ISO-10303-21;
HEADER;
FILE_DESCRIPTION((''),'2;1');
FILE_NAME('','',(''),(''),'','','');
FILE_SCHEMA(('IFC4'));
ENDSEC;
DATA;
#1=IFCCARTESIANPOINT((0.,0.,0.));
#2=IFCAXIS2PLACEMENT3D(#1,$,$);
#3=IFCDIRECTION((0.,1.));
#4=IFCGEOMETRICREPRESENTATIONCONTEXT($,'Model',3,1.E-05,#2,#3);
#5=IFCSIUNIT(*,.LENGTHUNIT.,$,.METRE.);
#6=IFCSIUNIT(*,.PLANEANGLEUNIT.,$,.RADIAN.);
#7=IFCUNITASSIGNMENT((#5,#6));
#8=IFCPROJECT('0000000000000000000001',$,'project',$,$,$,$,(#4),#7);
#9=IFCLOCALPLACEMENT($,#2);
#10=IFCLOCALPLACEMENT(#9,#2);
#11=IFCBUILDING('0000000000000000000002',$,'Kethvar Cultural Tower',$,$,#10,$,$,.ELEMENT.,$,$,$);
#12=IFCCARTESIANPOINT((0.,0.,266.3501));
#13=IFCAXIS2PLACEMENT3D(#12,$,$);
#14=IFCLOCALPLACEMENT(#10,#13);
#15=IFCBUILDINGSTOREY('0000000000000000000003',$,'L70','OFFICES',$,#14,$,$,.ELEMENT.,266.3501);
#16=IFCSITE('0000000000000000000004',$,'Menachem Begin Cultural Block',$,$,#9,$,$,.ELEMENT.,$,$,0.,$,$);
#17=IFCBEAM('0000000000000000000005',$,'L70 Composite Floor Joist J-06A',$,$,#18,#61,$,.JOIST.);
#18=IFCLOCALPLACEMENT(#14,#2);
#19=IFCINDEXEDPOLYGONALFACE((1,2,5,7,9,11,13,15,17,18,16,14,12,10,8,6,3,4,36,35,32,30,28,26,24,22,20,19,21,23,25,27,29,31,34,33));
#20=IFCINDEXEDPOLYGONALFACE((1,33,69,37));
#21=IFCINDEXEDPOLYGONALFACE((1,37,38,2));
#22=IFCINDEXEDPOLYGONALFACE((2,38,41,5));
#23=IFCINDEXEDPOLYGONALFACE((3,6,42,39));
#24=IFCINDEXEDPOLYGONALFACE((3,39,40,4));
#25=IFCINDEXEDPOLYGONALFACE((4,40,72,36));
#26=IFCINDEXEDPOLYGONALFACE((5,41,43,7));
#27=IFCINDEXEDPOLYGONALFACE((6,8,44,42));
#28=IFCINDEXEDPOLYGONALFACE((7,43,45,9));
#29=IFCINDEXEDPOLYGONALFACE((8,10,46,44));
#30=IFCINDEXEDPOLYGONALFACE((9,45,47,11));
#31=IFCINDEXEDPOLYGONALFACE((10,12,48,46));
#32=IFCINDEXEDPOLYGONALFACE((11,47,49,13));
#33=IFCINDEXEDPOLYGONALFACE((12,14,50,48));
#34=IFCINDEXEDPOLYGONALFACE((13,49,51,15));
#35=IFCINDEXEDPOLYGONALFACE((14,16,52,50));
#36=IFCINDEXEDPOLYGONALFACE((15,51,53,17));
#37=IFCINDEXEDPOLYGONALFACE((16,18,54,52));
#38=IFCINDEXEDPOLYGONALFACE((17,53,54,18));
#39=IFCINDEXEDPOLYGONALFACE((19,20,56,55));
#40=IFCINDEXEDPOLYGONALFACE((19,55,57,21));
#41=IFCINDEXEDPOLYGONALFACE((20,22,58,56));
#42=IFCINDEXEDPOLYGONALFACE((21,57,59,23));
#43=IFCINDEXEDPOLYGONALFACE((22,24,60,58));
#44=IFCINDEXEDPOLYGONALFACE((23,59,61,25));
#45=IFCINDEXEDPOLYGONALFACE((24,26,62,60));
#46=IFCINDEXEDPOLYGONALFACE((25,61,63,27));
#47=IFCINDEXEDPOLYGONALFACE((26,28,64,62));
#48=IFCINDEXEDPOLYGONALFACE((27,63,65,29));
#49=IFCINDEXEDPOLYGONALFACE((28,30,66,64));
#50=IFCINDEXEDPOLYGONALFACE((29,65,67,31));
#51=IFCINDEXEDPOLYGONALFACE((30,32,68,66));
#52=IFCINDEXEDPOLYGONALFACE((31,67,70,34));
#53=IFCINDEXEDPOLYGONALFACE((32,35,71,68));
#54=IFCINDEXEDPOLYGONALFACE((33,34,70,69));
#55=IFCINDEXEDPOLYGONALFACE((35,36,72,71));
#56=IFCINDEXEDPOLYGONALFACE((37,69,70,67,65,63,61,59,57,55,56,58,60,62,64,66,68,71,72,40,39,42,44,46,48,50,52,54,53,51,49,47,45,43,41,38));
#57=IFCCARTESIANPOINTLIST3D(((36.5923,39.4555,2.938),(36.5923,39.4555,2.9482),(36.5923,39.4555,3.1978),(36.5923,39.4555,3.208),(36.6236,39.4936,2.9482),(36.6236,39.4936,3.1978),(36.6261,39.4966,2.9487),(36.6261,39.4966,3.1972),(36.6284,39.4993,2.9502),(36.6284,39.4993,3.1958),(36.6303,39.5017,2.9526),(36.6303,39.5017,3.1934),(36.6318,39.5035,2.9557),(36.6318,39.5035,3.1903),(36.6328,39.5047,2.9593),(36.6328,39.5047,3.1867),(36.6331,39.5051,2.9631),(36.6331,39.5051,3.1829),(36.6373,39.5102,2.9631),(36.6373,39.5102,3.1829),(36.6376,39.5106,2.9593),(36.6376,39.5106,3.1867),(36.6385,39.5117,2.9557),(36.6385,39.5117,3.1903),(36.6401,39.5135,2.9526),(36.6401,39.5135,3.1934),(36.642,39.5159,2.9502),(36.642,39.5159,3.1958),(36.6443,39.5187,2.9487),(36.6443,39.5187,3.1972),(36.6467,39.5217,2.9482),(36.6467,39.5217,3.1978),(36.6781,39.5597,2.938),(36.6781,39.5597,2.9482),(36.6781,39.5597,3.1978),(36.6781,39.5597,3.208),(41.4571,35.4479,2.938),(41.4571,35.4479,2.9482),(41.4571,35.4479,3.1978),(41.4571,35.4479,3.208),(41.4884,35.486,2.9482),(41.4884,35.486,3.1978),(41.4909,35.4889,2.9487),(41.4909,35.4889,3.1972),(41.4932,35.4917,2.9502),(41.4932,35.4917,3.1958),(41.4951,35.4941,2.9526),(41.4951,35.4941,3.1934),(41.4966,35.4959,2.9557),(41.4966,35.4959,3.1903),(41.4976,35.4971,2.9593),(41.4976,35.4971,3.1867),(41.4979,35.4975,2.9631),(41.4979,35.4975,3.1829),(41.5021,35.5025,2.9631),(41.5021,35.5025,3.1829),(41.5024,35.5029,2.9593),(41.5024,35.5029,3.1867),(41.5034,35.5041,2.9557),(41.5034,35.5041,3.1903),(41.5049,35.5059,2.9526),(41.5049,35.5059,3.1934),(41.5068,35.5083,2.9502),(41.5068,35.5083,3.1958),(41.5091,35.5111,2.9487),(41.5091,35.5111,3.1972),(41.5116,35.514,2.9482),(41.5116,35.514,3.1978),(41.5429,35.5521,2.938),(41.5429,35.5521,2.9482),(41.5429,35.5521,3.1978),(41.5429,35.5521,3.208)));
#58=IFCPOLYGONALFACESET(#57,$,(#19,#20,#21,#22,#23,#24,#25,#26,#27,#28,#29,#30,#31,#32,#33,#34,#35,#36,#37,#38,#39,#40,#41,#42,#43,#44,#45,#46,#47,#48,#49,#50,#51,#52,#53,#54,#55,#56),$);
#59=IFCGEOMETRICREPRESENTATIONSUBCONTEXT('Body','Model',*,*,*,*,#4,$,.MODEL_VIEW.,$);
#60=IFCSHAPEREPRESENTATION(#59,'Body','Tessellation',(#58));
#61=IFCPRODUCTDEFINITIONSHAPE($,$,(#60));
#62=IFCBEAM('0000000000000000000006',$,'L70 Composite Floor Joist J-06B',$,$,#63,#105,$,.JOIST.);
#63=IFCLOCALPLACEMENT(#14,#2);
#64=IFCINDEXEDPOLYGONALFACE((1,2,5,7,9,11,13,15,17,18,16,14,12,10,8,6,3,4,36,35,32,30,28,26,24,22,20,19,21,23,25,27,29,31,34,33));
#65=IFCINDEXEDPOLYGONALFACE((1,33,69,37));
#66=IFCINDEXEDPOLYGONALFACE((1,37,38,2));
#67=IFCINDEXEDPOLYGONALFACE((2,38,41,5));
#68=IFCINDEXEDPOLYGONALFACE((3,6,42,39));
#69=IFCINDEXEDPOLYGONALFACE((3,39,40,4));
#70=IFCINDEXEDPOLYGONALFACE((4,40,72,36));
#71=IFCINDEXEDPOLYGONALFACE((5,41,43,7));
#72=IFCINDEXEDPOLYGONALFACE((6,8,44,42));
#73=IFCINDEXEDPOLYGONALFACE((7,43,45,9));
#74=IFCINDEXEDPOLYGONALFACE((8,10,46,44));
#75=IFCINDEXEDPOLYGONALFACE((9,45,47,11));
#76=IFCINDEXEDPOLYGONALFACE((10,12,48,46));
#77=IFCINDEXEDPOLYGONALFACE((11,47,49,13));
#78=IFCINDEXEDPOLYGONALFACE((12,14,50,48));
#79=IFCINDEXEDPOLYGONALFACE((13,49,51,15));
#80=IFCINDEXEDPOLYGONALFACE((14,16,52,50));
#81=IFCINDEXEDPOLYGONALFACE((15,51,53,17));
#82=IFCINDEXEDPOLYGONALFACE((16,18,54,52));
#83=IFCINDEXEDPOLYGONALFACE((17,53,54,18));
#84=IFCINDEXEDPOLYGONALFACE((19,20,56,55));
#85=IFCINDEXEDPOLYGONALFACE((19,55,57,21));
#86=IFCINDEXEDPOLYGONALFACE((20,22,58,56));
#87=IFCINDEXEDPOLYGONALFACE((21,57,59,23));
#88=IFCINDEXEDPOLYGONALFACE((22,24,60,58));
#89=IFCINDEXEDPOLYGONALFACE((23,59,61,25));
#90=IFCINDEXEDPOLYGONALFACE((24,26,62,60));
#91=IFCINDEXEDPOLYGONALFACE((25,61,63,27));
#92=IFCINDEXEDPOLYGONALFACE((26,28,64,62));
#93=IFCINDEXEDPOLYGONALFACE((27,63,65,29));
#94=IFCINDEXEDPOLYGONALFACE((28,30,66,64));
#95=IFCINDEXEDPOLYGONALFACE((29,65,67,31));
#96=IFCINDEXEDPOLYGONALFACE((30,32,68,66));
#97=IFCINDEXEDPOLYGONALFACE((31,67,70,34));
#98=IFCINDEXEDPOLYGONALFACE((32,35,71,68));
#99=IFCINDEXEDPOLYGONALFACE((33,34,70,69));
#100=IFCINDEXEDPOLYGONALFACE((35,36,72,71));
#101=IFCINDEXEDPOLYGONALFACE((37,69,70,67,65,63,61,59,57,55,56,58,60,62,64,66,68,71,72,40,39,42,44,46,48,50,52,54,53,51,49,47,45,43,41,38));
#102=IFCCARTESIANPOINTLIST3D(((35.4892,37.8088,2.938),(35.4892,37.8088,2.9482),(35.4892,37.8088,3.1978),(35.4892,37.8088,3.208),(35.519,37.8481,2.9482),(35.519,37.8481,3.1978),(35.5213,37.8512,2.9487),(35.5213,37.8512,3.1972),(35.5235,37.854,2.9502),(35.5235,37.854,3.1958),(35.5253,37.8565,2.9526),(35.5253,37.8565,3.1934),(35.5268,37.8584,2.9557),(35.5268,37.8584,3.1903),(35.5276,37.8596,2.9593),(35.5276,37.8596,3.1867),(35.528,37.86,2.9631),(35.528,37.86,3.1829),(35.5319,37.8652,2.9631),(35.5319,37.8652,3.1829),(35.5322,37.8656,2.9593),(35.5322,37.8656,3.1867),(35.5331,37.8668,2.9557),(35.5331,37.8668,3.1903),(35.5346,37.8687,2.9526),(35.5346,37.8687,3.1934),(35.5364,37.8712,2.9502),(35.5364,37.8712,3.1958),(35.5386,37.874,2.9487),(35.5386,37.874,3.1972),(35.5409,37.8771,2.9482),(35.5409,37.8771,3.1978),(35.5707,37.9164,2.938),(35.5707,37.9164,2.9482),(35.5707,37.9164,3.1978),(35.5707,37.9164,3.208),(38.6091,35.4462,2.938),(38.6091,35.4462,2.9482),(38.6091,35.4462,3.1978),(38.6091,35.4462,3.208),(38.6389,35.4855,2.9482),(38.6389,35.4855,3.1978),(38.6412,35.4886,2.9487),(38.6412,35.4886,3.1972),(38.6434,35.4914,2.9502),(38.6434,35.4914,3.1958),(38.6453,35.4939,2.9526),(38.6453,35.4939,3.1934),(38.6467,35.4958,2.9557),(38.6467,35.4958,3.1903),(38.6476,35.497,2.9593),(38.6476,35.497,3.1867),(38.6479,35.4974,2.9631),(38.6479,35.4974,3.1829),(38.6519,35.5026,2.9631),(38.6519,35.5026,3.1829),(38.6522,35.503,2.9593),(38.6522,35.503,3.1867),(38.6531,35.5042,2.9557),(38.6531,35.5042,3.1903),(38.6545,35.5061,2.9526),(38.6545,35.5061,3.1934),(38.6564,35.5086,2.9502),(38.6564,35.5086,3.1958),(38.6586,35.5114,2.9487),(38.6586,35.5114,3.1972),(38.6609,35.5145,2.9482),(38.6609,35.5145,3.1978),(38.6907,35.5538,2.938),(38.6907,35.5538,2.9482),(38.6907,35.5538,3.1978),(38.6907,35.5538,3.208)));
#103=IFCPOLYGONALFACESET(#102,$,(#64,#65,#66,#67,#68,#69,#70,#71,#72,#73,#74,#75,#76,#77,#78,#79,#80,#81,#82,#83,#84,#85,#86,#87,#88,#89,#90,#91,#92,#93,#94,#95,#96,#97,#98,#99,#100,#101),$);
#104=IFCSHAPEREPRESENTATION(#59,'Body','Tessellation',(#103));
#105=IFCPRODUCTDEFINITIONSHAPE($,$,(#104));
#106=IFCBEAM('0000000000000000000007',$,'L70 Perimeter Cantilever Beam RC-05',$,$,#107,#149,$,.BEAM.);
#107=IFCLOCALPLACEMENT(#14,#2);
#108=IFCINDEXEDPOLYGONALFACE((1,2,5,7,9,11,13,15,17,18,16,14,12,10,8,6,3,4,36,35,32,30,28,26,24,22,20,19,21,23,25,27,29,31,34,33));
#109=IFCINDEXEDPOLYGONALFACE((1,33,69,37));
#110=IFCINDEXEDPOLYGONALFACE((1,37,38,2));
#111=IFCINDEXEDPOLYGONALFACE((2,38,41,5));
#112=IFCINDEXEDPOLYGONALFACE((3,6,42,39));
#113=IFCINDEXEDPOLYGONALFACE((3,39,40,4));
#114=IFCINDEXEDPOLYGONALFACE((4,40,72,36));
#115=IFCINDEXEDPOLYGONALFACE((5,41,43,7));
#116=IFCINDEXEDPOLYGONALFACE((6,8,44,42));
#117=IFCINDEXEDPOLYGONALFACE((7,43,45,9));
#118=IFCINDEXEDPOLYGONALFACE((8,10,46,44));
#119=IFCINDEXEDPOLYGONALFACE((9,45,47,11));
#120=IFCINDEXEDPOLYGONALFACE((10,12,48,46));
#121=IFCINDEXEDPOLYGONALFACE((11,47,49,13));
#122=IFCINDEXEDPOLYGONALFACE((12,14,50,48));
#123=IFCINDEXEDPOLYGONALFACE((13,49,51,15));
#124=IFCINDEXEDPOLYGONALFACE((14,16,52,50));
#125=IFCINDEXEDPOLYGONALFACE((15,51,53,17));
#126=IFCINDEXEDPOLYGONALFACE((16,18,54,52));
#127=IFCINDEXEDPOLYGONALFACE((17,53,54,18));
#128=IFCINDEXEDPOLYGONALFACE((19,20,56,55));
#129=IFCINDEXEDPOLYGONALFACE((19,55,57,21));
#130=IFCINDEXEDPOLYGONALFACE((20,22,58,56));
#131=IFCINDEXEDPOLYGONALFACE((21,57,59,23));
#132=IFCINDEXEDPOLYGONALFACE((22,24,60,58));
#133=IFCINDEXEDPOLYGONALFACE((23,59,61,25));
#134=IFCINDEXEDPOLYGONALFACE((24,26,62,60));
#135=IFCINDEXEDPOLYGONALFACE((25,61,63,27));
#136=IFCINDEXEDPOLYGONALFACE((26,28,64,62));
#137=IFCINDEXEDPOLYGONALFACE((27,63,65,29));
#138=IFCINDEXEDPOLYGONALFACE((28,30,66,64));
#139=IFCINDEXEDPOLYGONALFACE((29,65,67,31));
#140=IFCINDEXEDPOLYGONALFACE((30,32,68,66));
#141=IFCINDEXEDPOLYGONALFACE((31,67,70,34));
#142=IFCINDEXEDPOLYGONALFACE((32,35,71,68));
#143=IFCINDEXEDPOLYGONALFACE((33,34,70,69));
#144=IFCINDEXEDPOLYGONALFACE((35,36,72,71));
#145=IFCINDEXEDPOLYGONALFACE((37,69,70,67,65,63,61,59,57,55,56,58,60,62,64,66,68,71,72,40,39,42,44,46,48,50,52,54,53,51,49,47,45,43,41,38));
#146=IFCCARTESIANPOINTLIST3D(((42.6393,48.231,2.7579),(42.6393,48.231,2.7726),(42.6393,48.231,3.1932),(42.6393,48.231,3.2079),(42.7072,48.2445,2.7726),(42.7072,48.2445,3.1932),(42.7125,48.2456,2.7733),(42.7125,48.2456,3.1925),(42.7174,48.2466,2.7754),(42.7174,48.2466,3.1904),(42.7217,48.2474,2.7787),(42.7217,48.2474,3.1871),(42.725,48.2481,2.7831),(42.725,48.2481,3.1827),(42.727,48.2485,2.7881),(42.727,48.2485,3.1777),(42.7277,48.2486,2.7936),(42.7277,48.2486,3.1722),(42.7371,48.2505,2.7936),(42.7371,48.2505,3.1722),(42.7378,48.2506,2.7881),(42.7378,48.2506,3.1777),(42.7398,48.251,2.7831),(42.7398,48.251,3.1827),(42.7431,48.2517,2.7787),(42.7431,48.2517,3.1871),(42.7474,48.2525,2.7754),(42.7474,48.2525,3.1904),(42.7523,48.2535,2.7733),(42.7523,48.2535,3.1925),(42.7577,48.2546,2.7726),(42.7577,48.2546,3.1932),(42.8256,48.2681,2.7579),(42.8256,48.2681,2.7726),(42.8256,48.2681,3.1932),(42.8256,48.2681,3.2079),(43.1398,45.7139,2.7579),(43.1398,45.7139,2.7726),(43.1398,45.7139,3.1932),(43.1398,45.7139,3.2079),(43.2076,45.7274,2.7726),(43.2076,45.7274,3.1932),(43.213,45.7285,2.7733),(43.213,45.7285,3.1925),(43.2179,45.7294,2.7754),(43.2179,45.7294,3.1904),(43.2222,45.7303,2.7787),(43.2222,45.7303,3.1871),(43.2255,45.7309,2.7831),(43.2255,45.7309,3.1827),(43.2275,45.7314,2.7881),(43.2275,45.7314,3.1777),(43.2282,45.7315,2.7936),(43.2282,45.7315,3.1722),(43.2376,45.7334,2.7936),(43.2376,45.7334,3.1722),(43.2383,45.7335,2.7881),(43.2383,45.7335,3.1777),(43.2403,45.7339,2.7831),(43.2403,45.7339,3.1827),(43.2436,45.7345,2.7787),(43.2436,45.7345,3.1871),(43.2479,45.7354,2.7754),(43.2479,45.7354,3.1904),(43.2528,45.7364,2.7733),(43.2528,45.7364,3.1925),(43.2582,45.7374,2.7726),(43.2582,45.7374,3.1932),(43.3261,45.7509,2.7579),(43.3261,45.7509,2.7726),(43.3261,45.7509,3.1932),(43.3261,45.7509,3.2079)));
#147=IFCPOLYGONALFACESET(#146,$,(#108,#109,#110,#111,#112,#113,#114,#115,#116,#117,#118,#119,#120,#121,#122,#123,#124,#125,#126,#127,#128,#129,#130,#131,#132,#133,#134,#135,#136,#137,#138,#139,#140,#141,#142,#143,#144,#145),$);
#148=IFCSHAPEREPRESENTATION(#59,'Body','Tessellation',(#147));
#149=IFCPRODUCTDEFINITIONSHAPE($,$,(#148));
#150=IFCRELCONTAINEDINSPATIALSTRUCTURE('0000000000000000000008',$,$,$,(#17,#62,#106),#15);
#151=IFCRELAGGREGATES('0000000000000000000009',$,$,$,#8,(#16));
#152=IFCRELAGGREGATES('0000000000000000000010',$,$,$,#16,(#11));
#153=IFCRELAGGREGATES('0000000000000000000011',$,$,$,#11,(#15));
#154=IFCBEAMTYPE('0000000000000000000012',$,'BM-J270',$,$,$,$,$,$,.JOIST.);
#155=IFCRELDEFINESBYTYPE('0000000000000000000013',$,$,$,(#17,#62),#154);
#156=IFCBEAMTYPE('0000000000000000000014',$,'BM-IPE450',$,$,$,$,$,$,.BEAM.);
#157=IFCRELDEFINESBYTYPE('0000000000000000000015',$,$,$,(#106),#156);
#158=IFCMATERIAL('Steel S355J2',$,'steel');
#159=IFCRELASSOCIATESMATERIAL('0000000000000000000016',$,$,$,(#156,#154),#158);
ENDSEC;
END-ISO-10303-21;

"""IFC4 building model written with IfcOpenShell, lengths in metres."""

from ifc_helpers import new_model, si_unit, direction, frame, origin, origin_2d, place, context, subcontext, project, spatial, i_section, extrude, source, transform, mapped, material, material_profile, profile_set, type_object, element, save


model = new_model("IFC4")

# Units and contexts
model_context = context("Model", 3, precision=1e-05, world=origin(), true_north=direction((0.0, 1.0)))
body_context = subcontext(model_context, "Body", "Model", "MODEL_VIEW")
ifc_project = project(units=[si_unit("LENGTHUNIT", "METRE"), si_unit("PLANEANGLEUNIT", "RADIAN")], contexts=[model_context])

# Site, building, storey
site_placement = place(None, origin())
site = spatial("IfcSite", under=ifc_project, at=site_placement, Name="Menachem Begin Cultural Block", CompositionType="ELEMENT", RefElevation=0.0)
building_placement = place(site_placement, origin())
building = spatial("IfcBuilding", under=site, at=building_placement, Name="Kethvar Cultural Tower", CompositionType="ELEMENT")
storey_placement = place(building_placement, frame((0.0, 0.0, 266.3501)))
storey = spatial("IfcBuildingStorey", under=building, at=storey_placement, Name="L70", Description="OFFICES", CompositionType="ELEMENT", Elevation=266.3501)

# Shared definitions
ifc_material_1 = material(Name="Steel S355J2", Category="steel")

# Beams
ifc_material_profile_1 = material_profile(ifc_material_1, i_section(OverallWidth=0.1899, OverallDepth=0.45, WebThickness=0.0095, FlangeThickness=0.0146, FilletRadius=0.021, at=origin_2d()), Name="Steel S355J2 — IPE450")
ifc_profile_set_1 = profile_set([ifc_material_profile_1], Name="Steel S355J2 — IPE450")
beam_type_1 = type_object("IfcBeamType", Name="BM-IPE450", PredefinedType="BEAM", material=ifc_profile_set_1)
ifc_material_profile_2 = material_profile(ifc_material_1, i_section(OverallWidth=0.135, OverallDepth=0.27, WebThickness=0.0066, FlangeThickness=0.0103, FilletRadius=0.0149, at=origin_2d()), Name="Steel S355J2 — IPE270")
ifc_profile_set_2 = profile_set([ifc_material_profile_2], Name="Steel S355J2 — IPE270")
beam_type_2 = type_object("IfcBeamType", Name="BM-J270", PredefinedType="JOIST", material=ifc_profile_set_2)
shared_shape_1 = source(origin(), body_context, "Body", "SweptSolid", [
    extrude(i_section(OverallWidth=0.135, OverallDepth=0.27, WebThickness=0.0066, FlangeThickness=0.0103, FilletRadius=0.0149, at=origin_2d()), origin(), (0.0, 0.0, 1.0), 6.303),
])
beam_1_placement = place(storey_placement, frame((41.5, 35.5, 3.073), z_axis=(-0.771828, 0.635831, 0.0), x_axis=(-0.635831, -0.771828, 0.0)))
element("IfcBeam", 1, at=beam_1_placement, inside=storey, type_object=beam_type_2, Name="L70 Composite Floor Joist J-06A", PredefinedType="JOIST", context=body_context, shape_type="MappedRepresentation", body=[
    mapped(shared_shape_1, transform((0.0, 0.0, 0.0), scale=1.0)),
])
shared_shape_2 = source(origin(), body_context, "Body", "SweptSolid", [
    extrude(i_section(OverallWidth=0.135, OverallDepth=0.27, WebThickness=0.0066, FlangeThickness=0.0103, FilletRadius=0.0149, at=origin_2d()), origin(), (0.0, 0.0, 1.0), 3.9136),
])
beam_2_placement = place(storey_placement, frame((38.6499, 35.5, 3.073), z_axis=(-0.797214, 0.603697, 0.0), x_axis=(-0.603697, -0.797214, 0.0)))
element("IfcBeam", 2, at=beam_2_placement, inside=storey, type_object=beam_type_2, Name="L70 Composite Floor Joist J-06B", PredefinedType="JOIST", context=body_context, shape_type="MappedRepresentation", body=[
    mapped(shared_shape_2, transform((0.0, 0.0, 0.0), scale=1.0)),
])
shared_shape_3 = source(origin(), body_context, "Body", "SweptSolid", [
    extrude(i_section(OverallWidth=0.1899, OverallDepth=0.45, WebThickness=0.0095, FlangeThickness=0.0146, FilletRadius=0.021, at=origin_2d()), origin(), (0.0, 0.0, 1.0), 2.5664),
])
beam_3_placement = place(storey_placement, frame((43.2329, 45.7324, 2.9829), z_axis=(-0.195018, 0.9808, 0.0), x_axis=(-0.9808, -0.195018, 0.0)))
element("IfcBeam", 3, at=beam_3_placement, inside=storey, type_object=beam_type_1, Name="L70 Perimeter Cantilever Beam RC-05", PredefinedType="BEAM", context=body_context, shape_type="MappedRepresentation", body=[
    mapped(shared_shape_3, transform((0.0, 0.0, 0.0), scale=1.0)),
])

save(model, "model.ifc")
